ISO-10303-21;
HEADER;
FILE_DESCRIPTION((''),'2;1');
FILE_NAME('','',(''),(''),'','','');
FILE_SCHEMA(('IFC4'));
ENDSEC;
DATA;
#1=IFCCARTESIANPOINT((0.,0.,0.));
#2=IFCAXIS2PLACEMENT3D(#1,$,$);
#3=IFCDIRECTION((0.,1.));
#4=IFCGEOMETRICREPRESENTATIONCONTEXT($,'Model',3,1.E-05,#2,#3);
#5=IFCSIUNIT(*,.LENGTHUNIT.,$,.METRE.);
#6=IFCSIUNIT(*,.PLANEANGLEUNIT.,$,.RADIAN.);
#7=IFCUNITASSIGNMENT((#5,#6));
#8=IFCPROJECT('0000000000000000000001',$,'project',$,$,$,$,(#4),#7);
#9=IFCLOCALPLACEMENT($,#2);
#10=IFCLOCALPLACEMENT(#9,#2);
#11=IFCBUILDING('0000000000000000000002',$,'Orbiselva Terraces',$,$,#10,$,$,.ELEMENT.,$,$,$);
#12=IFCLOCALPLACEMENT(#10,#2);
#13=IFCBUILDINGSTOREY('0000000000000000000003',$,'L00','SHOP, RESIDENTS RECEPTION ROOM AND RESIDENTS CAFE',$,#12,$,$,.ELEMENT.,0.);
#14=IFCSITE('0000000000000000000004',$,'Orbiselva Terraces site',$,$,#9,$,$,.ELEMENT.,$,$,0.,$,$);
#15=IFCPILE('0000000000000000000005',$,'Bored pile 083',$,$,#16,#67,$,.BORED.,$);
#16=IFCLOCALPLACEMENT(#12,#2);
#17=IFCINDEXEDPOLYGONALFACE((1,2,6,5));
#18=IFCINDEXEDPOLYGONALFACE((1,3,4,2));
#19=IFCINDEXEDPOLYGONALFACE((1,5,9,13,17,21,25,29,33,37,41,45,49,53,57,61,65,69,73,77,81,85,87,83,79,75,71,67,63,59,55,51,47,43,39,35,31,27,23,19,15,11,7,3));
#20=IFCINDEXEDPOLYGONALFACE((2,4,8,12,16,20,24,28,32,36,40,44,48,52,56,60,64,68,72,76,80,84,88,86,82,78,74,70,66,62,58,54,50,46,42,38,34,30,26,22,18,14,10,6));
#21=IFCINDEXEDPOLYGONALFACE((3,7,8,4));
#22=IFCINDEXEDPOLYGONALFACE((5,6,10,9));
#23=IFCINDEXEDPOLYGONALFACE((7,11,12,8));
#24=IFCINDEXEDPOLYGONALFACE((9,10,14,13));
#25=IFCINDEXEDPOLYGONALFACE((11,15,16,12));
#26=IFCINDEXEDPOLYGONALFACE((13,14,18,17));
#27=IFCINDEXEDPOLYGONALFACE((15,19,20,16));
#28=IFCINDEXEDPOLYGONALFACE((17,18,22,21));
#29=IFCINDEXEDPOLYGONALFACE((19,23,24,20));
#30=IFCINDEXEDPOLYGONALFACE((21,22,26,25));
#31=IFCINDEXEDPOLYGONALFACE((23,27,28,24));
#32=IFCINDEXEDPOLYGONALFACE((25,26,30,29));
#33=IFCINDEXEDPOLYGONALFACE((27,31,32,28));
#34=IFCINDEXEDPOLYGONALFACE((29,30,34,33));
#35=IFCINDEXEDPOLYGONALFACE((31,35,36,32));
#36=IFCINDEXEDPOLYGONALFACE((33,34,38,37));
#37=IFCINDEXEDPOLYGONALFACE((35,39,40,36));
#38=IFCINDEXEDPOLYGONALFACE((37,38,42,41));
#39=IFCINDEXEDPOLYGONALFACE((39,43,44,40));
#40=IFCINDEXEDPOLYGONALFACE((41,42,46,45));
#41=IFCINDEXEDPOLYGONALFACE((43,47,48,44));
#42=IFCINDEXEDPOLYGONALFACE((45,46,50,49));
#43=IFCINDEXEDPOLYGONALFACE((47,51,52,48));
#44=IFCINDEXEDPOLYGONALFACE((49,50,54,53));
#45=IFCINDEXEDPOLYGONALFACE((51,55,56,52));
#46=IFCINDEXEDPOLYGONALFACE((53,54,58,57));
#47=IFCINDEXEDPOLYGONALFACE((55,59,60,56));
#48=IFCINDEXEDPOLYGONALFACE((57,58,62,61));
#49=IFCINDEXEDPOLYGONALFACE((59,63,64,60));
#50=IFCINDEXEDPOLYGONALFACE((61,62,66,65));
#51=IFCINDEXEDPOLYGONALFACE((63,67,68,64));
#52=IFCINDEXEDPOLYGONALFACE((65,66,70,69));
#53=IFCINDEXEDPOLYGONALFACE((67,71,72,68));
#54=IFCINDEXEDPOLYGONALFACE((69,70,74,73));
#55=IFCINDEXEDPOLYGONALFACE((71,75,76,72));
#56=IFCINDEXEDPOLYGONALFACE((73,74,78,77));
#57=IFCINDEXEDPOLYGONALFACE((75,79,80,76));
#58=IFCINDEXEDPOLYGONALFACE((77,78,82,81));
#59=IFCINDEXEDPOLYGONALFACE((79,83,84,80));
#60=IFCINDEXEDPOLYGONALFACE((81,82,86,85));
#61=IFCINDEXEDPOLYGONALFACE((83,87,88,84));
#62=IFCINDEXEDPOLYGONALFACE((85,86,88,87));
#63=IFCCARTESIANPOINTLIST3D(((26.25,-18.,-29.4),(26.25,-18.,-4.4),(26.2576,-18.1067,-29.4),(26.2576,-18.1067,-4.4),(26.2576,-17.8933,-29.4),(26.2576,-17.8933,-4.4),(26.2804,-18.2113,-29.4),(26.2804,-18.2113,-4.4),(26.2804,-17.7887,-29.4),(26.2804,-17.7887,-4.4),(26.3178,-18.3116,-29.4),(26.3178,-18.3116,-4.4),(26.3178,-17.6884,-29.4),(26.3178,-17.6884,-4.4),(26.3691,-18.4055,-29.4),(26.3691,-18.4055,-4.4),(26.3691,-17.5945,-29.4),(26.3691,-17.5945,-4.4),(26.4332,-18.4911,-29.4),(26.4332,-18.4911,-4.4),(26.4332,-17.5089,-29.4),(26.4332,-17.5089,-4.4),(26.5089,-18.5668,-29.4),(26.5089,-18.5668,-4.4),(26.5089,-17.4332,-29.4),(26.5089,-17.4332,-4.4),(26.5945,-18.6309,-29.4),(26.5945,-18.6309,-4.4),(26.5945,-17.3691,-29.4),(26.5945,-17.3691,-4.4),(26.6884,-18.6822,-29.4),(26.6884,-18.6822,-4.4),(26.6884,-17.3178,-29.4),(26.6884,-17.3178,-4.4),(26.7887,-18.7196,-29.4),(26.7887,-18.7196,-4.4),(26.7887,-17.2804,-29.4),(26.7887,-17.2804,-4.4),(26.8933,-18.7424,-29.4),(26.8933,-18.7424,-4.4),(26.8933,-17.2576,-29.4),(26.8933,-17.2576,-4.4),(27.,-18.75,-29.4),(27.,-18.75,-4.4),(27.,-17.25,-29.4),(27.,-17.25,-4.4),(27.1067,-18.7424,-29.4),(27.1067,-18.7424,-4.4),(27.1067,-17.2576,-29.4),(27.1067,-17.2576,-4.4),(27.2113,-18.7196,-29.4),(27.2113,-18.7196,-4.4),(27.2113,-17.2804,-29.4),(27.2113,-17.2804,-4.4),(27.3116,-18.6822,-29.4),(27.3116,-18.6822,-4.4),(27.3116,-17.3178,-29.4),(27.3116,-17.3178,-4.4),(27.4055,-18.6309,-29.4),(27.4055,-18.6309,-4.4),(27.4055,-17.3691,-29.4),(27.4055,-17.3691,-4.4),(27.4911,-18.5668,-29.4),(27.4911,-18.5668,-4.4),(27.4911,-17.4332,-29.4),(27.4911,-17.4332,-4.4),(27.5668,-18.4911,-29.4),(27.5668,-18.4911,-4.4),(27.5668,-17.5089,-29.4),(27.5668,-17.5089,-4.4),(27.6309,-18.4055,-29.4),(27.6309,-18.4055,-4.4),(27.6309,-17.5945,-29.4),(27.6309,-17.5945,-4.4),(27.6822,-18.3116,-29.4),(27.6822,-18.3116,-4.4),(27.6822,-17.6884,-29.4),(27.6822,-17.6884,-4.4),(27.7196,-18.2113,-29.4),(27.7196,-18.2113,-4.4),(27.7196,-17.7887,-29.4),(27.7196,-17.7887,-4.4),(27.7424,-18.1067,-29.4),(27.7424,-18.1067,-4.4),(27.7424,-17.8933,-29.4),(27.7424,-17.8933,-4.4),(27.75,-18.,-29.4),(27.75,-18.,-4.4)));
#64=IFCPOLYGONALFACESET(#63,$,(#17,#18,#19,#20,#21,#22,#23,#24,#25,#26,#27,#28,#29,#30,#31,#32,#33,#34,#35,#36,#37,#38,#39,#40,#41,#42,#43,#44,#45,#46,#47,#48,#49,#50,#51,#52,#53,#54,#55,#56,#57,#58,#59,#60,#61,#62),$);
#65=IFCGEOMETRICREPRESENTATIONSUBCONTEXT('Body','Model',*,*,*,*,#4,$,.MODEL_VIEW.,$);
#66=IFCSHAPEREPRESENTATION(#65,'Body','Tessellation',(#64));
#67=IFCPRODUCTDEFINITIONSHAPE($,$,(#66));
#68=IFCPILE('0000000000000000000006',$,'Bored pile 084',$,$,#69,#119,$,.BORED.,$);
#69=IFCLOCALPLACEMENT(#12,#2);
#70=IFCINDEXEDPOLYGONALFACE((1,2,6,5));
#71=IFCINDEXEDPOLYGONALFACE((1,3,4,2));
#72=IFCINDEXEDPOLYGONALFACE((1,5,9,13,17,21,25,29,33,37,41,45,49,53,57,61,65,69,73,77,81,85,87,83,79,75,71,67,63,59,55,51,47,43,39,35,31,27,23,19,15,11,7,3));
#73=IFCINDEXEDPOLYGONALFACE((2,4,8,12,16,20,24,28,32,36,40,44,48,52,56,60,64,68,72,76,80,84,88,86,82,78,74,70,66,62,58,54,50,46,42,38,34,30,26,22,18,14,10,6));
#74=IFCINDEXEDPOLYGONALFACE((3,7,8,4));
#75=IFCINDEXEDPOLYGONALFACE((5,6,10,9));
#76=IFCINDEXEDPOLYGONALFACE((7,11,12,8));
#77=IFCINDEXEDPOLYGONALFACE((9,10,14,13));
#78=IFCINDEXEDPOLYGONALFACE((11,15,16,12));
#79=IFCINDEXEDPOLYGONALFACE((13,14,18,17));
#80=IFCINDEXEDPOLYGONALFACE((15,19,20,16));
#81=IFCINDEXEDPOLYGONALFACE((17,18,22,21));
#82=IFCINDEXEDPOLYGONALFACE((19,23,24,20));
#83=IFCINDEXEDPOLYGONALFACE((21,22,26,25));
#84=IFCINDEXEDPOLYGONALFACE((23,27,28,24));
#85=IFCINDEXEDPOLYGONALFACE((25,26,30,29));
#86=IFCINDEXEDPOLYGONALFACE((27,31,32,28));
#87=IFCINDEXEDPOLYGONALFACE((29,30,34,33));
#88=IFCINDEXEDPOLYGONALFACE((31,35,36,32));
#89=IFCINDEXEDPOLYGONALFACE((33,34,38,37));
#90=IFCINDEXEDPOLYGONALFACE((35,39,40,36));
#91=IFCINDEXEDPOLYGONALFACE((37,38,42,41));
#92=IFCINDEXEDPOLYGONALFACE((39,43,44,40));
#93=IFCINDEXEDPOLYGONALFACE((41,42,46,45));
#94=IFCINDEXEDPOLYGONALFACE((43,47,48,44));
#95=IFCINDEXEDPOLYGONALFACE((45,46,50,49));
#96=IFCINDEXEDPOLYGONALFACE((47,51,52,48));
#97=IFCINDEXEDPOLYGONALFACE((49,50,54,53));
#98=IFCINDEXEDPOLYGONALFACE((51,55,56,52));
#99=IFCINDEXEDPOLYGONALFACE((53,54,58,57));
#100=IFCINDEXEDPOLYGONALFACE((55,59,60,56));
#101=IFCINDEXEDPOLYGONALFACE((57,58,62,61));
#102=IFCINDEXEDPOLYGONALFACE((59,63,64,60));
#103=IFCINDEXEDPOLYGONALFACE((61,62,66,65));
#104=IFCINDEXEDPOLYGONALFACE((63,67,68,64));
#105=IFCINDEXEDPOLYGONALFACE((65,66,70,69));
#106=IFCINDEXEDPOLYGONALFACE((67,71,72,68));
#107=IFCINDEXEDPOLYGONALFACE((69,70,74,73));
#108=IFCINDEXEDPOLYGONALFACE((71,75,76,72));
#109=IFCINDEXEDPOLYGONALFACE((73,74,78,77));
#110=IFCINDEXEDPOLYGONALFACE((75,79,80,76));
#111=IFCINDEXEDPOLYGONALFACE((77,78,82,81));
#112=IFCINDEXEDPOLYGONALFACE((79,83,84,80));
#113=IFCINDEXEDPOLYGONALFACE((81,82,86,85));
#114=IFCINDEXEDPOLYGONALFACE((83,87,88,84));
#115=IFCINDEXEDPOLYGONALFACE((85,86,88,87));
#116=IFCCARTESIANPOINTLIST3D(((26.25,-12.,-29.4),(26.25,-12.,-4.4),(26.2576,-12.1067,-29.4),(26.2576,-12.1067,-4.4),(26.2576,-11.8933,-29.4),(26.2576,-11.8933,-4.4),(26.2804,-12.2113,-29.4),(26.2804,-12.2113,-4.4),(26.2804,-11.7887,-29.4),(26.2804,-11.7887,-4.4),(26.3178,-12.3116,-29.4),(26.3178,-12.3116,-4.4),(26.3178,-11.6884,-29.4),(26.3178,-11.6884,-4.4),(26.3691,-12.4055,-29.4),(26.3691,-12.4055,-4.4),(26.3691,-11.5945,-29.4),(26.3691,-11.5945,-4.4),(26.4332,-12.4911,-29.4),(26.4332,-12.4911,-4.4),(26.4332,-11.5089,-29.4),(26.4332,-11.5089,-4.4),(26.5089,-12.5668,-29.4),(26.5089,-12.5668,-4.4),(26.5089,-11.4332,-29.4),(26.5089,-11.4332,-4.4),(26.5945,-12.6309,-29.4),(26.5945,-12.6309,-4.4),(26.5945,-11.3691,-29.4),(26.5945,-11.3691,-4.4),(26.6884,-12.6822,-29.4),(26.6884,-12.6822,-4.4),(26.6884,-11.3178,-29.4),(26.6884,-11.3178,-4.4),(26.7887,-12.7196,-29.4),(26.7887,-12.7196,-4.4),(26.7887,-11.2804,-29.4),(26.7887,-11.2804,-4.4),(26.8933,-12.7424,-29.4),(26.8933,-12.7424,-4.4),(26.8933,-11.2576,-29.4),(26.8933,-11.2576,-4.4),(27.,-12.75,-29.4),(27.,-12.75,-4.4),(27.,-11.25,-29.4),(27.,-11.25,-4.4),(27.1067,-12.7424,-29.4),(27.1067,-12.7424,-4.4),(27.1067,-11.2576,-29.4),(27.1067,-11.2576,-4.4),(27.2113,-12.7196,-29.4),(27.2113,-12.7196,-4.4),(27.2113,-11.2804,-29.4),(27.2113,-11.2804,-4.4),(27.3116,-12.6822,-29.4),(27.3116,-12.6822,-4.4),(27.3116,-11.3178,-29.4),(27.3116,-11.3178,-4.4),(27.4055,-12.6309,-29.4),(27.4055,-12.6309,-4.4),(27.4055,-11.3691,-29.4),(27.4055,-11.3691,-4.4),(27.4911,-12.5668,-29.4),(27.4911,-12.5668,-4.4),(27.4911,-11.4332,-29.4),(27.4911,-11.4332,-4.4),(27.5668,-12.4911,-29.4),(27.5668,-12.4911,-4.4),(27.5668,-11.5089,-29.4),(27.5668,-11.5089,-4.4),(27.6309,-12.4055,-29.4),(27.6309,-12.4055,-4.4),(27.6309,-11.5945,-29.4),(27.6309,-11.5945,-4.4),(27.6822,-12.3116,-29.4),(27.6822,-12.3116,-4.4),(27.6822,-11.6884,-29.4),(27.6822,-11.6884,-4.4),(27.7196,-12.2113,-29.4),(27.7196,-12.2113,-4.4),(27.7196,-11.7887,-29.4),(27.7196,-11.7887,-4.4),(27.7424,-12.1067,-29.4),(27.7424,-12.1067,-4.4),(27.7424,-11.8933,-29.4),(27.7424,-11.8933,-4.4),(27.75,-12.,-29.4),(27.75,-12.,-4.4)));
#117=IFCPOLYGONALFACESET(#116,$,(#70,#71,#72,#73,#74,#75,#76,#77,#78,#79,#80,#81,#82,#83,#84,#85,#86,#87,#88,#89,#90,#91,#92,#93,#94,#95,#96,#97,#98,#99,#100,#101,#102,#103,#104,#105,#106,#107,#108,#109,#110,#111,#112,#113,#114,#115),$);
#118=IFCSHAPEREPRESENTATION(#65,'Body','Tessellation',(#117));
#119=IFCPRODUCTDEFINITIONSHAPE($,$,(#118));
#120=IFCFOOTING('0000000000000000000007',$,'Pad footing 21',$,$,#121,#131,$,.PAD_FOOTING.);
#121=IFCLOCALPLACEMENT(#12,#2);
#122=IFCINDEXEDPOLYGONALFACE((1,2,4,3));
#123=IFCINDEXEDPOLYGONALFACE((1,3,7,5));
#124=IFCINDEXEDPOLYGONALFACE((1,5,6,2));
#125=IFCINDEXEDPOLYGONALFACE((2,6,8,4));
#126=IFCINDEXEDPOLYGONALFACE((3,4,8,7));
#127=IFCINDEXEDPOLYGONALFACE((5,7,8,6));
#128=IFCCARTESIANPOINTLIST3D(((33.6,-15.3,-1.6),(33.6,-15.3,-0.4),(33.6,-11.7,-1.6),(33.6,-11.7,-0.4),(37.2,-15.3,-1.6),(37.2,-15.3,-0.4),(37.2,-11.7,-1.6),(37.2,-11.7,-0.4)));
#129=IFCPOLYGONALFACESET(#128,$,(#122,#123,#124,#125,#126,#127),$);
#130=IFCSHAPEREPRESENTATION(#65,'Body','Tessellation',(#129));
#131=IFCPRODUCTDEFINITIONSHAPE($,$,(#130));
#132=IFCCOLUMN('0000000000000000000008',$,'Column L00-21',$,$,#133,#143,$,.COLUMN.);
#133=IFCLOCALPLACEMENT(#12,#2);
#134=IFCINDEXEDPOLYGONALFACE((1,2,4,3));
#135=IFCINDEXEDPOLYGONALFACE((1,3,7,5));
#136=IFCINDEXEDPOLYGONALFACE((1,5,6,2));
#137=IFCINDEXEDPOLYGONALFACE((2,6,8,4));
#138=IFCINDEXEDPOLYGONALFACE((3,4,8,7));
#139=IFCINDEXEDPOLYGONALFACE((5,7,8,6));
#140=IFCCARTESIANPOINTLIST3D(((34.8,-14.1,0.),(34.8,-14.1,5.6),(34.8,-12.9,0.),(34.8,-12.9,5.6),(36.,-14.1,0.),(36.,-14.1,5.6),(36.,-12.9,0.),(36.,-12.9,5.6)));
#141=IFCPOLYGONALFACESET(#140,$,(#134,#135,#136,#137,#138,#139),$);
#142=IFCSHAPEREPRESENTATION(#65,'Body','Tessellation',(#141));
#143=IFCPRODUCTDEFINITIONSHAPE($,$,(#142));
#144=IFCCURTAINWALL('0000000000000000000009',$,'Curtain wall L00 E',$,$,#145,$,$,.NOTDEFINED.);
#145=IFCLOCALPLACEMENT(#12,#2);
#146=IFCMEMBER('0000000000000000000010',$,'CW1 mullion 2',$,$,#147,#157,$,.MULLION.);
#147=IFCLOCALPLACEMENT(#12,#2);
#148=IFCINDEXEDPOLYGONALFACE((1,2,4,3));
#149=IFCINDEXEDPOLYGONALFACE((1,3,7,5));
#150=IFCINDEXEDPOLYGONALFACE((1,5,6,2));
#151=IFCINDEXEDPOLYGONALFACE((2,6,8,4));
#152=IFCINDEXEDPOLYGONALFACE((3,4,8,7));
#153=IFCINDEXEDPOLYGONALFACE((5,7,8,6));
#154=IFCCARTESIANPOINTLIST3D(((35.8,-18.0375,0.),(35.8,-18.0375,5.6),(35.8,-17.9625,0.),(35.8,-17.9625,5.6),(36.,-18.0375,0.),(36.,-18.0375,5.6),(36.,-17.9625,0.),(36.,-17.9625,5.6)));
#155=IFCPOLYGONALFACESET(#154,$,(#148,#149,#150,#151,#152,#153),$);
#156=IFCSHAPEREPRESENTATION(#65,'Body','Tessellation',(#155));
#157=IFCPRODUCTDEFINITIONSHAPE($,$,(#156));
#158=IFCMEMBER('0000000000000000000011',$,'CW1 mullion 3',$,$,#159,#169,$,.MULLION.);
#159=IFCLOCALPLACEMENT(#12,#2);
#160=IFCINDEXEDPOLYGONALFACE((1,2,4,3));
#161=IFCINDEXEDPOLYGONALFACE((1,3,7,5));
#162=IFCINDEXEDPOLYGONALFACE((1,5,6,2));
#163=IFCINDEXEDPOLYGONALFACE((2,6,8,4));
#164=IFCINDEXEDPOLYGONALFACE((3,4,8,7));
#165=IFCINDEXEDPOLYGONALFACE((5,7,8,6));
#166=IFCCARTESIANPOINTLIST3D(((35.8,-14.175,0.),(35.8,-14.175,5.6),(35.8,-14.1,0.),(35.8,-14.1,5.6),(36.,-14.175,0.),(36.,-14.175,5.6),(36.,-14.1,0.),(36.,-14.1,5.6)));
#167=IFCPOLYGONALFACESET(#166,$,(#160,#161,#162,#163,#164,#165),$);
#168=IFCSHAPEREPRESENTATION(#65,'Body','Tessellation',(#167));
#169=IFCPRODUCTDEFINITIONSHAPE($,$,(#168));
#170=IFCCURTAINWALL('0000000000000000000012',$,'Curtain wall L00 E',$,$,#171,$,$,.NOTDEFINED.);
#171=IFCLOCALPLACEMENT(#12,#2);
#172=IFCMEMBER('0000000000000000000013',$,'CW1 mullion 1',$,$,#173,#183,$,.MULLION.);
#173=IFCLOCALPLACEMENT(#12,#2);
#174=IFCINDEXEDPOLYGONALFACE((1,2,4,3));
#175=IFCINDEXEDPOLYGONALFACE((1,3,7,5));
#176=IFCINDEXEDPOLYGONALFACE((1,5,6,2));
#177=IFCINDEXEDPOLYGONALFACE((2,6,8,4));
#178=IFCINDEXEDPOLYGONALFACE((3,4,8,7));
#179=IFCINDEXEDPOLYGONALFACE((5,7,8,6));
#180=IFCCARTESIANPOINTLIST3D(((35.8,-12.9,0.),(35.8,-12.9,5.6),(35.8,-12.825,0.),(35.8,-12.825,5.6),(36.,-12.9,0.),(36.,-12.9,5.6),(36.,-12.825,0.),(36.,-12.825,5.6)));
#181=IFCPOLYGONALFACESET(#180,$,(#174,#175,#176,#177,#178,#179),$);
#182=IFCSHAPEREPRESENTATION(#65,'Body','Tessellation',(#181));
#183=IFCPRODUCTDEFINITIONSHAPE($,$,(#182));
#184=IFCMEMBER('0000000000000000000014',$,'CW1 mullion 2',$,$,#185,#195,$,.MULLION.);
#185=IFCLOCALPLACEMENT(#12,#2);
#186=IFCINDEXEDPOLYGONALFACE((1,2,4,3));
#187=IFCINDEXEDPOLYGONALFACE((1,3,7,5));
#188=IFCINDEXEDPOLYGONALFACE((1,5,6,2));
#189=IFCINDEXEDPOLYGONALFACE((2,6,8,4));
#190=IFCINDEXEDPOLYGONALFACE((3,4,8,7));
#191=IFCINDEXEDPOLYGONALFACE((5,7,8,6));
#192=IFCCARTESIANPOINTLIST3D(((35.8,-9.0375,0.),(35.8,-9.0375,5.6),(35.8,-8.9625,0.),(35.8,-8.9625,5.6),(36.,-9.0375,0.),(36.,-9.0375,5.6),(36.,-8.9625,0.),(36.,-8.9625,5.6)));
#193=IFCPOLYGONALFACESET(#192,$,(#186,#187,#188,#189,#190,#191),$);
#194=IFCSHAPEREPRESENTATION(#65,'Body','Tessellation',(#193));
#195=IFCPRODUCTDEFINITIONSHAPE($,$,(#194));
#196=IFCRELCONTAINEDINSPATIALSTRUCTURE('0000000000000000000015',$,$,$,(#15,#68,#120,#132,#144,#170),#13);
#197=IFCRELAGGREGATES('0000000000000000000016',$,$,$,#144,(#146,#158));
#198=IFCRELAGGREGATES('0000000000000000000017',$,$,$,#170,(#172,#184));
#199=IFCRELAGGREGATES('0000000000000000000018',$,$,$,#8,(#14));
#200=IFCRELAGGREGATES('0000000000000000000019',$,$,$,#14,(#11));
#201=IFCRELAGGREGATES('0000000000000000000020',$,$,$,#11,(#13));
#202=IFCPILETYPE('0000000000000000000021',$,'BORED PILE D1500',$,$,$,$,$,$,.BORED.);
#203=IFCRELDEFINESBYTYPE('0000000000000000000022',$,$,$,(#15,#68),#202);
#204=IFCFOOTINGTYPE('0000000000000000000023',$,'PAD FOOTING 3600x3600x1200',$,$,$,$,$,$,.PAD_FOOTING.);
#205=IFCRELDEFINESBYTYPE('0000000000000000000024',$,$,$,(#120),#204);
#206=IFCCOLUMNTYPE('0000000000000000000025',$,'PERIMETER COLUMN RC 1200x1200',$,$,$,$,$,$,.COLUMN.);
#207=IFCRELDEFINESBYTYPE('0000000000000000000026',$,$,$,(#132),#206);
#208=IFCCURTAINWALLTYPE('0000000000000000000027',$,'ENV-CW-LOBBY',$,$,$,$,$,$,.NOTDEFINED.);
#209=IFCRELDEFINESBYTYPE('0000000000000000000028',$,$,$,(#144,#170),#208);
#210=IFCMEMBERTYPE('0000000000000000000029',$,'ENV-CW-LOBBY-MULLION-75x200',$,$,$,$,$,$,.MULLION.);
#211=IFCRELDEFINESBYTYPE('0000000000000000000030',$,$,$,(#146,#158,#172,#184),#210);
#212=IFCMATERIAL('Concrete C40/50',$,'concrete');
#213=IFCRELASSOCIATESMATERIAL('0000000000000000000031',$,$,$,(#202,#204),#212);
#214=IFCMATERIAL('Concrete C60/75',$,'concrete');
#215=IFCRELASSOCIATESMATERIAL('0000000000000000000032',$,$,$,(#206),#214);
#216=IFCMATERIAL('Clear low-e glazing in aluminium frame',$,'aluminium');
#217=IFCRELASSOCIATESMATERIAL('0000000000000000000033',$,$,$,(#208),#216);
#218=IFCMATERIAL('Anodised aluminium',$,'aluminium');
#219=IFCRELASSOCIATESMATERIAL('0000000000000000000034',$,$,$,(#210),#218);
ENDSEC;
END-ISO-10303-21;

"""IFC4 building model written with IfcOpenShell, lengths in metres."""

from ifc_helpers import new_model, si_unit, direction, frame, origin, origin_2d, place, context, subcontext, project, spatial, rectangle, circle, extrude, material, material_profile, profile_set, type_object, element, aggregate, save


model = new_model("IFC4")

# Units and contexts
model_context = context("Model", 3, precision=1e-05, world=origin(), true_north=direction((0.0, 1.0)))
body_context = subcontext(model_context, "Body", "Model", "MODEL_VIEW")
ifc_project = project(units=[si_unit("LENGTHUNIT", "METRE"), si_unit("PLANEANGLEUNIT", "RADIAN")], contexts=[model_context])

# Site, building, storey
site_placement = place(None, origin())
site = spatial("IfcSite", under=ifc_project, at=site_placement, Name="Orbiselva Terraces site", CompositionType="ELEMENT", RefElevation=0.0)
building_placement = place(site_placement, origin())
building = spatial("IfcBuilding", under=site, at=building_placement, Name="Orbiselva Terraces", CompositionType="ELEMENT")
storey_placement = place(building_placement, origin())
storey = spatial("IfcBuildingStorey", under=building, at=storey_placement, Name="L00", Description="SHOP, RESIDENTS RECEPTION ROOM AND RESIDENTS CAFE", CompositionType="ELEMENT", Elevation=0.0)

# Piles
ifc_material_1 = material(Name="Concrete C40/50", Category="concrete")
ifc_material_profile_1 = material_profile(ifc_material_1, circle(Radius=0.75, at=origin_2d()), Name="D1500")
ifc_profile_set_1 = profile_set([ifc_material_profile_1], Name="Concrete C40/50")
pile_type = type_object("IfcPileType", Name="BORED PILE D1500", PredefinedType="BORED", material=ifc_profile_set_1)
for number, where, z_axis, x_axis, name in (
    (1, (27.0, -18.0, -4.4), (0.0, 0.0, -1.0), (1.0, 0.0, 0.0), "Bored pile 083"),
    (2, (27.0, -12.0, -4.4), (0.0, 0.0, -1.0), (1.0, 0.0, 0.0), "Bored pile 084"),
):
    element("IfcPile", number, at=place(storey_placement, frame(where, z_axis=z_axis, x_axis=x_axis)), inside=storey, type_object=pile_type, Name=name, PredefinedType="BORED", context=body_context, shape_type="SweptSolid", body=[
        extrude(circle(Radius=0.75, at=origin_2d()), origin(), (0.0, 0.0, 1.0), 25.0),
    ])

# Footing
footing_type = type_object("IfcFootingType", Name="PAD FOOTING 3600x3600x1200", PredefinedType="PAD_FOOTING", material=ifc_material_1)
footing_placement = place(storey_placement, frame((35.4, -13.5, -1.6), z_axis=(0.0, 0.0, 1.0), x_axis=(1.0, 0.0, 0.0)))
element("IfcFooting", 3, at=footing_placement, inside=storey, type_object=footing_type, Name="Pad footing 21", PredefinedType="PAD_FOOTING", context=body_context, shape_type="SweptSolid", body=[
    extrude(rectangle(XDim=3.6, YDim=3.6, at=origin_2d()), origin(), (0.0, 0.0, 1.0), 1.2),
])

# Column
ifc_material_2 = material(Name="Concrete C60/75", Category="concrete")
ifc_material_profile_2 = material_profile(ifc_material_2, rectangle(XDim=1.2, YDim=1.2, at=origin_2d()), Name="RC 1200x1200")
ifc_profile_set_2 = profile_set([ifc_material_profile_2], Name="Concrete C60/75")
column_type = type_object("IfcColumnType", Name="PERIMETER COLUMN RC 1200x1200", PredefinedType="COLUMN", material=ifc_profile_set_2)
column_placement = place(storey_placement, frame((35.4, -13.5, 0.0), z_axis=(0.0, 0.0, 1.0), x_axis=(1.0, 0.0, 0.0)))
element("IfcColumn", 4, at=column_placement, inside=storey, type_object=column_type, Name="Column L00-21", PredefinedType="COLUMN", context=body_context, shape_type="SweptSolid", body=[
    extrude(rectangle(XDim=1.2, YDim=1.2, at=origin_2d()), origin(), (0.0, 0.0, 1.0), 5.6),
])

# Curtain walls, members
ifc_material_3 = material(Name="Clear low-e glazing in aluminium frame", Category="aluminium")
curtain_wall_type = type_object("IfcCurtainWallType", Name="ENV-CW-LOBBY", PredefinedType="NOTDEFINED", material=ifc_material_3)
curtain_wall_1_placement = place(storey_placement, origin())
curtain_wall_1 = element("IfcCurtainWall", 5, at=curtain_wall_1_placement, inside=storey, type_object=curtain_wall_type, Name="Curtain wall L00 E", PredefinedType="NOTDEFINED")
ifc_material_4 = material(Name="Anodised aluminium", Category="aluminium")
ifc_material_profile_3 = material_profile(ifc_material_4, rectangle(XDim=0.2, YDim=0.075, at=origin_2d()), Name="AL 75x200")
ifc_profile_set_3 = profile_set([ifc_material_profile_3], Name="Anodised aluminium")
member_type_1 = type_object("IfcMemberType", Name="ENV-CW-LOBBY-MULLION-75x200", PredefinedType="MULLION", material=ifc_profile_set_3)
member_1_placement = place(storey_placement, frame((35.9, -18.0, 0.0), z_axis=(0.0, 0.0, 1.0), x_axis=(-1.0, 0.0, 0.0)))
member_1 = element("IfcMember", 6, at=member_1_placement, type_object=member_type_1, Name="CW1 mullion 2", PredefinedType="MULLION", context=body_context, shape_type="SweptSolid", body=[
    extrude(rectangle(XDim=0.2, YDim=0.075, at=origin_2d()), origin(), (0.0, 0.0, 1.0), 5.6),
])
member_2_placement = place(storey_placement, frame((35.9, -14.1375, 0.0), z_axis=(0.0, 0.0, 1.0), x_axis=(-1.0, 0.0, 0.0)))
member_2 = element("IfcMember", 7, at=member_2_placement, type_object=member_type_1, Name="CW1 mullion 3", PredefinedType="MULLION", context=body_context, shape_type="SweptSolid", body=[
    extrude(rectangle(XDim=0.2, YDim=0.075, at=origin_2d()), origin(), (0.0, 0.0, 1.0), 5.6),
])
curtain_wall_2_placement = place(storey_placement, origin())
curtain_wall_2 = element("IfcCurtainWall", 8, at=curtain_wall_2_placement, inside=storey, type_object=curtain_wall_type, Name="Curtain wall L00 E", PredefinedType="NOTDEFINED")
member_3_placement = place(storey_placement, frame((35.9, -12.8625, 0.0), z_axis=(0.0, 0.0, 1.0), x_axis=(-1.0, 0.0, 0.0)))
member_3 = element("IfcMember", 9, at=member_3_placement, type_object=member_type_1, Name="CW1 mullion 1", PredefinedType="MULLION", context=body_context, shape_type="SweptSolid", body=[
    extrude(rectangle(XDim=0.2, YDim=0.075, at=origin_2d()), origin(), (0.0, 0.0, 1.0), 5.6),
])
member_4_placement = place(storey_placement, frame((35.9, -9.0, 0.0), z_axis=(0.0, 0.0, 1.0), x_axis=(-1.0, 0.0, 0.0)))
member_4 = element("IfcMember", 10, at=member_4_placement, type_object=member_type_1, Name="CW1 mullion 2", PredefinedType="MULLION", context=body_context, shape_type="SweptSolid", body=[
    extrude(rectangle(XDim=0.2, YDim=0.075, at=origin_2d()), origin(), (0.0, 0.0, 1.0), 5.6),
])

aggregate(curtain_wall_1, [member_1, member_2])
aggregate(curtain_wall_2, [member_3, member_4])

save(model, "model.ifc")
